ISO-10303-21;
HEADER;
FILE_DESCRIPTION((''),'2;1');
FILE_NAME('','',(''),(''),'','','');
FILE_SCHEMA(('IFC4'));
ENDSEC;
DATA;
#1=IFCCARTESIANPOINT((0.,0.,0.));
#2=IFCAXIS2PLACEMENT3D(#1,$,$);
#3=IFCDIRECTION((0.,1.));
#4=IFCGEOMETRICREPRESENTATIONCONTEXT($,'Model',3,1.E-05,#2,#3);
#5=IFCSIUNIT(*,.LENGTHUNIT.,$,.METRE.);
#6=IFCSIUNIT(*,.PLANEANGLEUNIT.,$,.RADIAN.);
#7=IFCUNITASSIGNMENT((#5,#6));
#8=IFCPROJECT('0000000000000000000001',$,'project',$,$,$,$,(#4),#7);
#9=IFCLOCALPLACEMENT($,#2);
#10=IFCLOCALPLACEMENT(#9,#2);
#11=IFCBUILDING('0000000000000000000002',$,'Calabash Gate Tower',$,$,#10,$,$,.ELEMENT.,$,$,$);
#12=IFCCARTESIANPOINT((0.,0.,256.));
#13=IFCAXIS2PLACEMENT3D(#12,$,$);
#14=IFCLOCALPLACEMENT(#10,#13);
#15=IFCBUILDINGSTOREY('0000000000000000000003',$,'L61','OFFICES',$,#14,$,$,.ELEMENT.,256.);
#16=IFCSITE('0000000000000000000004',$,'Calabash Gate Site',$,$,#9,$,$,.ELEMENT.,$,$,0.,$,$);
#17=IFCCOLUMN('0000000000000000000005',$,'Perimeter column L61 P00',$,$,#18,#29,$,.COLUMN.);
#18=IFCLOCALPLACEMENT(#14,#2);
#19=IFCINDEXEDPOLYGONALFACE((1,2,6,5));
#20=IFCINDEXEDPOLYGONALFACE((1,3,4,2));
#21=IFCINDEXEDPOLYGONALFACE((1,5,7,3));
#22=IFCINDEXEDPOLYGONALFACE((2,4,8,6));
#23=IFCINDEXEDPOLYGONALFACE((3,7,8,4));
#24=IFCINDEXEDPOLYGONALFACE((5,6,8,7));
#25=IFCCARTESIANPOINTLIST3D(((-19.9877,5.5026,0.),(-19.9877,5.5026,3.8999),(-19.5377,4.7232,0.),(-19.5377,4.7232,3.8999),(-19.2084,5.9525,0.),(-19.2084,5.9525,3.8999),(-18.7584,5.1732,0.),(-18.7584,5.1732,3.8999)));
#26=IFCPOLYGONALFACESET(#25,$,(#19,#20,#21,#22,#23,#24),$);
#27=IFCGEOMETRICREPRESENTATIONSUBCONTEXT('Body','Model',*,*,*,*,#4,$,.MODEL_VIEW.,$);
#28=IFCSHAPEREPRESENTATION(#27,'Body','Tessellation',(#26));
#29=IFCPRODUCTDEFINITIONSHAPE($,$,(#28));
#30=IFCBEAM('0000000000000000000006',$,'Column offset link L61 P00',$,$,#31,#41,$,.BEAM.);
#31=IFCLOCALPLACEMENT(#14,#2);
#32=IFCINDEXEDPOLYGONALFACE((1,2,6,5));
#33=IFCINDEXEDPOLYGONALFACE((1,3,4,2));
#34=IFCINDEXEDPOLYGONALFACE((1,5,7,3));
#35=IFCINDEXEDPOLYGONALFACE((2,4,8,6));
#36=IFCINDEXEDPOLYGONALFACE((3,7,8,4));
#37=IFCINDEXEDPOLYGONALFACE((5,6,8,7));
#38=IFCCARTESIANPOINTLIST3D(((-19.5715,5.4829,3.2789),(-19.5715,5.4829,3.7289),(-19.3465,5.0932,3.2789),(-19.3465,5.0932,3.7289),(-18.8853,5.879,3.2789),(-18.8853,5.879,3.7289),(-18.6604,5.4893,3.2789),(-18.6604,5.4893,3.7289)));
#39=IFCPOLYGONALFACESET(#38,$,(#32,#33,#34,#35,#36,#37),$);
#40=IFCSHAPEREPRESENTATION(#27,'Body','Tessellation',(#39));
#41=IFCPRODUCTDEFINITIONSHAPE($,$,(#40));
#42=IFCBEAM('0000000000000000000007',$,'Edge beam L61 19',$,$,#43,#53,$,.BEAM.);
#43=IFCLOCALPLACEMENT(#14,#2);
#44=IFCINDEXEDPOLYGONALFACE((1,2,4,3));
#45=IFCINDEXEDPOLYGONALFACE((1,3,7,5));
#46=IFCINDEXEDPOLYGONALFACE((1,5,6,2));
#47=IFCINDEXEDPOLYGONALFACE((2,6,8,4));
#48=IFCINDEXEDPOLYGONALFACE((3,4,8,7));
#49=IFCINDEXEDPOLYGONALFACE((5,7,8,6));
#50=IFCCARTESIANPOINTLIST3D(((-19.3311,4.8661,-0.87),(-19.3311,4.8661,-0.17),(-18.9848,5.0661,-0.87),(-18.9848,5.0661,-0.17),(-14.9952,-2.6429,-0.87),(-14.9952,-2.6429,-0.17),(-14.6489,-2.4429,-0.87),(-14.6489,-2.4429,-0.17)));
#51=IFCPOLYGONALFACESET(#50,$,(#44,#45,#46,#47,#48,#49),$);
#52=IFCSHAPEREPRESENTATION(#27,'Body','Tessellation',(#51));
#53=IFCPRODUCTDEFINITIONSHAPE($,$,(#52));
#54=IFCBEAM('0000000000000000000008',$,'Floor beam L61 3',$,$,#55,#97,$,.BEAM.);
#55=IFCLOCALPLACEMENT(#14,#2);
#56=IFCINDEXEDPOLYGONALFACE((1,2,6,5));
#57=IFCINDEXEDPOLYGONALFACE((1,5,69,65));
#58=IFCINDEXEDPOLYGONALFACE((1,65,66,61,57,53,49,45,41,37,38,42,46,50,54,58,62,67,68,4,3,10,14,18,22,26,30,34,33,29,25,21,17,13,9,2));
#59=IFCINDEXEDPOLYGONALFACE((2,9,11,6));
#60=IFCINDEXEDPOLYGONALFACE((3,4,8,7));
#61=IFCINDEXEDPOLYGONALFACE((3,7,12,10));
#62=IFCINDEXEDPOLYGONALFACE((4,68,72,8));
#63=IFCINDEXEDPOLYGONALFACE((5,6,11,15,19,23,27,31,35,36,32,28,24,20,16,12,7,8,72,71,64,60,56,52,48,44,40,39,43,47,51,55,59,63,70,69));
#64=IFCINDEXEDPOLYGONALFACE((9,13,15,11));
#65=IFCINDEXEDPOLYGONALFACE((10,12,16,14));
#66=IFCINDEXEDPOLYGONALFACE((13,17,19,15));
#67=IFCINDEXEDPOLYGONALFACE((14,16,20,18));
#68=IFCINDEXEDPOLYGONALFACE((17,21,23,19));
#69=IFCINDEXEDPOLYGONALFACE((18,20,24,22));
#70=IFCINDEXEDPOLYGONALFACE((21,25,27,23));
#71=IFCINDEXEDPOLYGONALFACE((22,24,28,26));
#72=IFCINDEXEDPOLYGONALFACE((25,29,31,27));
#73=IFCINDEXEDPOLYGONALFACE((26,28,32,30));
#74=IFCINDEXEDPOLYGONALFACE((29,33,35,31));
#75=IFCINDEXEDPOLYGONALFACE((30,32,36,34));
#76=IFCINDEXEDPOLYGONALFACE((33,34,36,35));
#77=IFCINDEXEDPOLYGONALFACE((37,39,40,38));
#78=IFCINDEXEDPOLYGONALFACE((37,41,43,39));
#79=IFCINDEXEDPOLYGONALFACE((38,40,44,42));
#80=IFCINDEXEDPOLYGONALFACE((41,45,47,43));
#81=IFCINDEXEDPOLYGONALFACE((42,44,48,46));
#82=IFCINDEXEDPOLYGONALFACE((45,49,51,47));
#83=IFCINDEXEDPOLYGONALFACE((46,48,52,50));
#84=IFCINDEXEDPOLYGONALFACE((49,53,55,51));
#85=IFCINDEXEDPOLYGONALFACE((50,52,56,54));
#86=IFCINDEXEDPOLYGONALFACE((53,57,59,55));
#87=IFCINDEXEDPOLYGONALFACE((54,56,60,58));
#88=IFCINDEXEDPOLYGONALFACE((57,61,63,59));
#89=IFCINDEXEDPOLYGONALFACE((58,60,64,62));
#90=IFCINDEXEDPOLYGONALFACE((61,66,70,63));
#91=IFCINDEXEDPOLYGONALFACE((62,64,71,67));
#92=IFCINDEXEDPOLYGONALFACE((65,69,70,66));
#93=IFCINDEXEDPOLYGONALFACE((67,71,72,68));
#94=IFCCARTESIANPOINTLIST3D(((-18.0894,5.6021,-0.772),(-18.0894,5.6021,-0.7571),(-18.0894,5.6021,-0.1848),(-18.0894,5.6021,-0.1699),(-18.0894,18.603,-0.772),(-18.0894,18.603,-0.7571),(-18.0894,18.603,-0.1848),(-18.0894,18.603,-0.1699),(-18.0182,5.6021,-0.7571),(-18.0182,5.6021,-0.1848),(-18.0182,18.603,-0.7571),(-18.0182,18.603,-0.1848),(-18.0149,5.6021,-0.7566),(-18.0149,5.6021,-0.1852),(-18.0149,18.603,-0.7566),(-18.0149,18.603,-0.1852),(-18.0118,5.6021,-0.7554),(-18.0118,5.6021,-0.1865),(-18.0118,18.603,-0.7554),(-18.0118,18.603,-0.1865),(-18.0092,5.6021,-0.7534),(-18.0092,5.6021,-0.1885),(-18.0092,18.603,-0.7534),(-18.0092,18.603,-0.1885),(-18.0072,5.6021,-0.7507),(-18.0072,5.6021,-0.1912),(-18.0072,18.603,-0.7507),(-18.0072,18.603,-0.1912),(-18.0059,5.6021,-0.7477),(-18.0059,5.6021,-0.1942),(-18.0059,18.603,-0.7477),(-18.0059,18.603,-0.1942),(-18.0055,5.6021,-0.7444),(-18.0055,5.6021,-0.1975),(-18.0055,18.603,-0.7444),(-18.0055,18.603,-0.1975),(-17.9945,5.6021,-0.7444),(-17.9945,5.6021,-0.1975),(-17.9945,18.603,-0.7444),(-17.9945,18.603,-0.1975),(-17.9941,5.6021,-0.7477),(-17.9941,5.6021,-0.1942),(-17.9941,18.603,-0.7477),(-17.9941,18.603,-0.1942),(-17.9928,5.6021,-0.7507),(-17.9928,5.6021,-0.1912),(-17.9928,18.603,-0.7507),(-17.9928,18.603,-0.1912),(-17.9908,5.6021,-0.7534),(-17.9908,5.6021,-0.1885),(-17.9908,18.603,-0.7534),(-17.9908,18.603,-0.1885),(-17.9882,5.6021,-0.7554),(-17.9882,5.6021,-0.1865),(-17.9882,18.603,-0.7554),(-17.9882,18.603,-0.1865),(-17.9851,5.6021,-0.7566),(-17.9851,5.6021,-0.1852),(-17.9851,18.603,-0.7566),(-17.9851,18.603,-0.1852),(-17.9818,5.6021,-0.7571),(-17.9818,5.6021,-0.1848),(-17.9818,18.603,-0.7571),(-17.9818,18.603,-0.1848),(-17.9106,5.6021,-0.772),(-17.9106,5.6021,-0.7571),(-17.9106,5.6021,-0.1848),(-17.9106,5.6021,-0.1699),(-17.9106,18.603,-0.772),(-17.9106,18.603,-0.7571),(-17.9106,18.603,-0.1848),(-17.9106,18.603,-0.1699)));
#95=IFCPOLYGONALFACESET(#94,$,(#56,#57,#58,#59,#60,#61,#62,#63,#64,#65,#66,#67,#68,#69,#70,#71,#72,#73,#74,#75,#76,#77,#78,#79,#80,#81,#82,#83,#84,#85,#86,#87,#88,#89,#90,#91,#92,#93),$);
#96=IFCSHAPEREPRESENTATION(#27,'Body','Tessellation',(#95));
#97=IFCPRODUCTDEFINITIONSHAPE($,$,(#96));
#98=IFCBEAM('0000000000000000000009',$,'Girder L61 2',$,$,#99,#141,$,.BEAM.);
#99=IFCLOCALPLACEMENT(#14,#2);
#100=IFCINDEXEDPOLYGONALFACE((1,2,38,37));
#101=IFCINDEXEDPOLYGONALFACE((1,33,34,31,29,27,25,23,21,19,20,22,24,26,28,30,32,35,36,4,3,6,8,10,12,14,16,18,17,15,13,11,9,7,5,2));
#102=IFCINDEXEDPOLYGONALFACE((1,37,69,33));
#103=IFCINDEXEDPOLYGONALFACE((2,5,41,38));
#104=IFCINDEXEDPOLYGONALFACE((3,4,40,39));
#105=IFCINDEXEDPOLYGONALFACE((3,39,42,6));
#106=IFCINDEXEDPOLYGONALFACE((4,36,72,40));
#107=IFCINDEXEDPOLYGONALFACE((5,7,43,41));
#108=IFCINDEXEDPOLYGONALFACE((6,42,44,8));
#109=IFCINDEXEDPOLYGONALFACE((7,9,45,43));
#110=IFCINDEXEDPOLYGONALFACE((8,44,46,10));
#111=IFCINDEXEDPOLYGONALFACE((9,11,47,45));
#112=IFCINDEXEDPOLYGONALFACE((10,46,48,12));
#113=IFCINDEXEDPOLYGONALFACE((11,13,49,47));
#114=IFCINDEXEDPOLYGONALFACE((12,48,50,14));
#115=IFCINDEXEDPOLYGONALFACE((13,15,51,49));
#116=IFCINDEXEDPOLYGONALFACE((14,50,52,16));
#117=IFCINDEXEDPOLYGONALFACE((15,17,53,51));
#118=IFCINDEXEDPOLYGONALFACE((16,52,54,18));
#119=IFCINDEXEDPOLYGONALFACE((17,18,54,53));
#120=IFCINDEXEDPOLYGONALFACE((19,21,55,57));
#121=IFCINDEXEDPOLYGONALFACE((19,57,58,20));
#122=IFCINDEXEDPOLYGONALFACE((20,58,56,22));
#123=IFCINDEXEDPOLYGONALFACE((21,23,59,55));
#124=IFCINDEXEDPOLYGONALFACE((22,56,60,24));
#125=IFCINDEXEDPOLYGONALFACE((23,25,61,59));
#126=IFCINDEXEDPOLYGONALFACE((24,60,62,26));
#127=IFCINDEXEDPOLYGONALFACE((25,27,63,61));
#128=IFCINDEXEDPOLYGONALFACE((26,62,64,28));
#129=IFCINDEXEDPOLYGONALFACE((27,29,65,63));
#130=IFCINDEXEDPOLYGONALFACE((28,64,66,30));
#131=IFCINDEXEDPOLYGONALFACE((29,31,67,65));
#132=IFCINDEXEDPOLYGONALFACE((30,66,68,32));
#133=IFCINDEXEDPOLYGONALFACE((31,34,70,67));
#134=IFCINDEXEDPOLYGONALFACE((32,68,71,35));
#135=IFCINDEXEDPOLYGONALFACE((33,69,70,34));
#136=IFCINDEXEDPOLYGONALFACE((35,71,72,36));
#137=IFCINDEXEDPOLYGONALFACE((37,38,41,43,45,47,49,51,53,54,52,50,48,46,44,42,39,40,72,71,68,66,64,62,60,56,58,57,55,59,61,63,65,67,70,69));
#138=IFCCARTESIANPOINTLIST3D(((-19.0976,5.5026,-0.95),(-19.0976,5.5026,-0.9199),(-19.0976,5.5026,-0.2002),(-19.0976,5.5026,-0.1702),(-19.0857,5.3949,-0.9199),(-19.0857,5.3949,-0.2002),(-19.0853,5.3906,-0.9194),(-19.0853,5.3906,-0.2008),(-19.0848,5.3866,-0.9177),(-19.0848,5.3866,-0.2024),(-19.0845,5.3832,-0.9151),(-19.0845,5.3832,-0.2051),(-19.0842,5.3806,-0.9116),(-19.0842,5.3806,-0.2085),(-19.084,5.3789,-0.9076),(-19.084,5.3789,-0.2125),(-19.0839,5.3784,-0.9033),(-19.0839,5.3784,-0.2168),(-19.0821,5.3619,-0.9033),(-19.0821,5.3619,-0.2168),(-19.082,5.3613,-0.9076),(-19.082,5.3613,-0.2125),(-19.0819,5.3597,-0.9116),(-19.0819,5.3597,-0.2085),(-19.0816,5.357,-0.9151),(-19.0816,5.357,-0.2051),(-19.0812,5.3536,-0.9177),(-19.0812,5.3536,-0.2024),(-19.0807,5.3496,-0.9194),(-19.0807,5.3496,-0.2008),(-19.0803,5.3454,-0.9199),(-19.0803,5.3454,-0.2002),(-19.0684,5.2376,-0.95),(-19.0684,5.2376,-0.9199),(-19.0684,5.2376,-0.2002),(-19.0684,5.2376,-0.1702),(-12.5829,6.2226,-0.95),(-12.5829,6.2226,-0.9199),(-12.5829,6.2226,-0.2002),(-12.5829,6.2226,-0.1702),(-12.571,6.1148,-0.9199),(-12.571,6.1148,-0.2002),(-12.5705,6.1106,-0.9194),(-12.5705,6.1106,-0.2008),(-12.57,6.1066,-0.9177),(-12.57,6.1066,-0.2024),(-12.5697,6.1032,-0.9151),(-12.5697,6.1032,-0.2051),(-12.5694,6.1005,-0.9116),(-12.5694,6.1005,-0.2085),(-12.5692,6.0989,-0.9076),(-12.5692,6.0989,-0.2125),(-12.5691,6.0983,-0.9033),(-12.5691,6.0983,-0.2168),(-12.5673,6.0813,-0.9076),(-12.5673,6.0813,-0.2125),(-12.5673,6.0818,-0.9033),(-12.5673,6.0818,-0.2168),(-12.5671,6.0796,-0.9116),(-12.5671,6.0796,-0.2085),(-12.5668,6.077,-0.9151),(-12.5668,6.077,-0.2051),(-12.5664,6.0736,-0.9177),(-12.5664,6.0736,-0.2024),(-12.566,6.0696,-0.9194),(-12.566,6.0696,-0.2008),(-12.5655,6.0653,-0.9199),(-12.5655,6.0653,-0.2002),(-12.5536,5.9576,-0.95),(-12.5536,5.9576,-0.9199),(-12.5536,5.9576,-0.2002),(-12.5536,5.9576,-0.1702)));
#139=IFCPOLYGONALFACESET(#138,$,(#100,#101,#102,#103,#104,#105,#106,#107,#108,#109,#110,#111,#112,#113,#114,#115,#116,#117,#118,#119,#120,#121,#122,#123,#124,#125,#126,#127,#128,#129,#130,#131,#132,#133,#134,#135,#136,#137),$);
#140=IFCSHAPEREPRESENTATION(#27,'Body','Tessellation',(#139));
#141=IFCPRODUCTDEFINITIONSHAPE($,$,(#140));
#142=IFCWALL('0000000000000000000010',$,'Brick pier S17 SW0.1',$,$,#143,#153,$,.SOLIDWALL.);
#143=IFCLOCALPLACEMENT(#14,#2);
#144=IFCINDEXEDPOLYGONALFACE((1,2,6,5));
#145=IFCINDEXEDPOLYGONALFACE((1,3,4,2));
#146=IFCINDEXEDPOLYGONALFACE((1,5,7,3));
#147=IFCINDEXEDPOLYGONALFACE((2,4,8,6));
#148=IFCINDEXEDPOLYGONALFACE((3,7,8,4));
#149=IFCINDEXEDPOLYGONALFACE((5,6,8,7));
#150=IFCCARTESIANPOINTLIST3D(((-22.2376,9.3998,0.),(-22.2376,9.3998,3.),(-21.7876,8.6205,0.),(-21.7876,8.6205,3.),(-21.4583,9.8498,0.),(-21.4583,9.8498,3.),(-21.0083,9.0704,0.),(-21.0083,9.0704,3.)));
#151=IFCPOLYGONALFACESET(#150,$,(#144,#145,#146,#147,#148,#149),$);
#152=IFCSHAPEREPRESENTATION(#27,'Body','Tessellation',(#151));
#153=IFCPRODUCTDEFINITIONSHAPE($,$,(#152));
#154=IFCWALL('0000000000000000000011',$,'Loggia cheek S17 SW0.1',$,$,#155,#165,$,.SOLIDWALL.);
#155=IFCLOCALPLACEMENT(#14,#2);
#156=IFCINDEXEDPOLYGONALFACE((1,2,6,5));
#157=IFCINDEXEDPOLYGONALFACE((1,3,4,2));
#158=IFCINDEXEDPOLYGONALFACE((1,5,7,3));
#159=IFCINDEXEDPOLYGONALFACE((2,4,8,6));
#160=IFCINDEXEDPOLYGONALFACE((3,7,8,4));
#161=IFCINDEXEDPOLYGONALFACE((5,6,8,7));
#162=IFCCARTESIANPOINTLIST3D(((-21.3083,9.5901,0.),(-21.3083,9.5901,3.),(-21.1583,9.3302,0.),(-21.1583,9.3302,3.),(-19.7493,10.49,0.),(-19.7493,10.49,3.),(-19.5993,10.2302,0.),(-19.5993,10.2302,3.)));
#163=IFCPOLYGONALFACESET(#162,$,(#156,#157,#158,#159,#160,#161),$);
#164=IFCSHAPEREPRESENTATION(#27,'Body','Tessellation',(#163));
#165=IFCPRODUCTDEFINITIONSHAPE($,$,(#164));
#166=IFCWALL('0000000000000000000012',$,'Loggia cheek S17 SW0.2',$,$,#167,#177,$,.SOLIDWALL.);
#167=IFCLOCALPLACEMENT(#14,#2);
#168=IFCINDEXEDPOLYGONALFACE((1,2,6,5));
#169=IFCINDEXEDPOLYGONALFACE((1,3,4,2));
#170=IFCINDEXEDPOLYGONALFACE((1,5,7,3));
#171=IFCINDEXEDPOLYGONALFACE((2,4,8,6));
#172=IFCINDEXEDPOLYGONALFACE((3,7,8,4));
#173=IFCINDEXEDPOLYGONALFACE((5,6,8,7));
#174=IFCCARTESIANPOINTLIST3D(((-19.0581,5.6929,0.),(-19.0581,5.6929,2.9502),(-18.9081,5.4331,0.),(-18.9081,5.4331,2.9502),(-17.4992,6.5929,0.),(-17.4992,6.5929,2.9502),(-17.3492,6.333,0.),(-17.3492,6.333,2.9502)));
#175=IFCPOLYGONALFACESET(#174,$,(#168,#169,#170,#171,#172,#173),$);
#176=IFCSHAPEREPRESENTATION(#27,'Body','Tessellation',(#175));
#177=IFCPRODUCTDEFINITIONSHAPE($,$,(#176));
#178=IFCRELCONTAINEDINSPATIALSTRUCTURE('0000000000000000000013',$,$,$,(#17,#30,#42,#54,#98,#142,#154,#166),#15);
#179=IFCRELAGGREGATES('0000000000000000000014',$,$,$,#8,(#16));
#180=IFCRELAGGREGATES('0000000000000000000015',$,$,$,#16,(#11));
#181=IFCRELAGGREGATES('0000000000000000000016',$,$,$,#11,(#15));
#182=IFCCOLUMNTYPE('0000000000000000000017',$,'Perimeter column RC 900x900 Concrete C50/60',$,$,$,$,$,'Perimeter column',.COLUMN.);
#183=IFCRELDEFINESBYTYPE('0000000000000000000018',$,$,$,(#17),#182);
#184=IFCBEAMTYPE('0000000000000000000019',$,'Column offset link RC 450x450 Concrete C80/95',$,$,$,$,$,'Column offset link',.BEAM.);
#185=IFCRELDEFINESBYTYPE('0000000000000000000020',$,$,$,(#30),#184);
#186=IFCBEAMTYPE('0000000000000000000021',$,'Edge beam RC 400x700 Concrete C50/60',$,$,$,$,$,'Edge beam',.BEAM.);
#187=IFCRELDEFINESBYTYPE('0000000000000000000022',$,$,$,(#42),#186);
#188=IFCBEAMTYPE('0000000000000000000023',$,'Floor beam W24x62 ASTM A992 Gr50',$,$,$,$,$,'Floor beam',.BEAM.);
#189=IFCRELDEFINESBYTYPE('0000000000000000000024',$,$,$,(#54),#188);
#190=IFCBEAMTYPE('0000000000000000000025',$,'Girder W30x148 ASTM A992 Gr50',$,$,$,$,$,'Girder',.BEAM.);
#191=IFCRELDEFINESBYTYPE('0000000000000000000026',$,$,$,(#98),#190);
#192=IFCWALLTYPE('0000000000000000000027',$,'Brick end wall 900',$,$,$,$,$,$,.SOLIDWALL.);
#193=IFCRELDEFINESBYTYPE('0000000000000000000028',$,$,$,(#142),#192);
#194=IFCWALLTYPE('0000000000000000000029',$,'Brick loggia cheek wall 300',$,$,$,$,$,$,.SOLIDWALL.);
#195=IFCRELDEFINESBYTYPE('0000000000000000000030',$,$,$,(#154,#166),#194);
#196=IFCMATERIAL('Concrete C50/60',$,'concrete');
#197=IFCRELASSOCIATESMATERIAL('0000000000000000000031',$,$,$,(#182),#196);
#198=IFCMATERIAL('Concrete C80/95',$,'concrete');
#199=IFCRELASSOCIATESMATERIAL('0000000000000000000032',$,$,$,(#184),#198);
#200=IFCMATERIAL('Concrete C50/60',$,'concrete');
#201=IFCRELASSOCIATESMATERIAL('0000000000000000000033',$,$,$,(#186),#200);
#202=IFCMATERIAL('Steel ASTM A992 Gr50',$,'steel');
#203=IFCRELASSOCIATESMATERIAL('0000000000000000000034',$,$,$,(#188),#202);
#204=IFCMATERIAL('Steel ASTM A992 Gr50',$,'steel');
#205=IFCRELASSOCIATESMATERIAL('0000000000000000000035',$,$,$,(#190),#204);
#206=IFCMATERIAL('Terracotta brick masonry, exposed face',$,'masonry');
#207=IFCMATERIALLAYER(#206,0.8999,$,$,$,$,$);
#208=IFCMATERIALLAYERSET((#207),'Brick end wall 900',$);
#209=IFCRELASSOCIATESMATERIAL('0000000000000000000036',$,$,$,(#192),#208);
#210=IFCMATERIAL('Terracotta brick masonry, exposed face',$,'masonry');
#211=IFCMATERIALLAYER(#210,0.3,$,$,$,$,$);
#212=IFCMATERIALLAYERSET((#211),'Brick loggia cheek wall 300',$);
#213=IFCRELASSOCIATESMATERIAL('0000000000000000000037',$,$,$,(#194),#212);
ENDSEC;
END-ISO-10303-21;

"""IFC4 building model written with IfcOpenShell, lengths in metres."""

from ifc_helpers import new_model, si_unit, direction, frame, frame_2d, origin, origin_2d, place, context, subcontext, project, spatial, rectangle, i_section, extrude, material, layer, layer_set, material_profile, profile_set, type_object, element, save


model = new_model("IFC4")

# Units and contexts
model_context = context("Model", 3, precision=1e-05, world=origin(), true_north=direction((0.0, 1.0)))
body_context = subcontext(model_context, "Body", "Model", "MODEL_VIEW")
ifc_project = project(units=[si_unit("LENGTHUNIT", "METRE"), si_unit("PLANEANGLEUNIT", "RADIAN")], contexts=[model_context])

# Site, building, storey
site_placement = place(None, origin())
site = spatial("IfcSite", under=ifc_project, at=site_placement, Name="Calabash Gate Site", CompositionType="ELEMENT", RefElevation=0.0)
building_placement = place(site_placement, origin())
building = spatial("IfcBuilding", under=site, at=building_placement, Name="Calabash Gate Tower", CompositionType="ELEMENT")
storey_placement = place(building_placement, frame((0.0, 0.0, 256.0)))
storey = spatial("IfcBuildingStorey", under=building, at=storey_placement, Name="L61", Description="OFFICES", CompositionType="ELEMENT", Elevation=256.0)

# Column
ifc_material_1 = material(Name="Concrete C50/60", Category="concrete")
ifc_material_profile_1 = material_profile(ifc_material_1, rectangle(XDim=0.8999, YDim=0.8999, at=origin_2d()))
ifc_profile_set_1 = profile_set([ifc_material_profile_1], Name="Concrete C50/60")
column_type = type_object("IfcColumnType", Name="Perimeter column RC 900x900 Concrete C50/60", ElementType="Perimeter column", PredefinedType="COLUMN", material=ifc_profile_set_1)
column_placement = place(storey_placement, frame((-19.373, 5.3379, 0.0), z_axis=(0.0, 0.0, 1.0), x_axis=(0.5, -0.866025, 0.0)))
element("IfcColumn", 1, at=column_placement, inside=storey, type_object=column_type, Name="Perimeter column L61 P00", PredefinedType="COLUMN", context=body_context, shape_type="SweptSolid", body=[
    extrude(rectangle(XDim=0.8999, YDim=0.8999, at=origin_2d()), origin(), (0.0, 0.0, 1.0), 3.8999),
])

# Beams
ifc_material_2 = material(Name="Concrete C80/95", Category="concrete")
ifc_material_profile_2 = material_profile(ifc_material_2, rectangle(XDim=0.45, YDim=0.45, at=origin_2d()))
ifc_profile_set_2 = profile_set([ifc_material_profile_2], Name="Concrete C80/95")
beam_type_1 = type_object("IfcBeamType", Name="Column offset link RC 450x450 Concrete C80/95", ElementType="Column offset link", PredefinedType="BEAM", material=ifc_profile_set_2)
beam_1_placement = place(storey_placement, frame((-19.459, 5.2881, 3.5039), z_axis=(0.866073, 0.499918, 0.0), x_axis=(-0.499918, 0.866073, 0.0)))
element("IfcBeam", 2, at=beam_1_placement, inside=storey, type_object=beam_type_1, Name="Column offset link L61 P00", PredefinedType="BEAM", context=body_context, shape_type="SweptSolid", body=[
    extrude(rectangle(XDim=0.45, YDim=0.45, at=origin_2d()), origin(), (0.0, 0.0, 1.0), 0.7922),
])
ifc_material_3 = material(Name="Concrete C50/60", Category="concrete")
ifc_material_profile_3 = material_profile(ifc_material_3, rectangle(XDim=0.3999, YDim=0.7, at=origin_2d()))
ifc_profile_set_3 = profile_set([ifc_material_profile_3], Name="Concrete C50/60")
beam_type_2 = type_object("IfcBeamType", Name="Edge beam RC 400x700 Concrete C50/60", ElementType="Edge beam", PredefinedType="BEAM", material=ifc_profile_set_3)
beam_2_placement = place(storey_placement, frame((-19.158, 4.9661, -0.52), z_axis=(0.500051, -0.865996, 0.0), x_axis=(0.865996, 0.500051, 0.0)))
element("IfcBeam", 3, at=beam_2_placement, inside=storey, type_object=beam_type_2, Name="Edge beam L61 19", PredefinedType="BEAM", context=body_context, shape_type="SweptSolid", body=[
    extrude(rectangle(XDim=0.3999, YDim=0.7, at=origin_2d()), origin(), (0.0, 0.0, 1.0), 8.6709),
])
ifc_material_4 = material(Name="Steel ASTM A992 Gr50", Category="steel")
ifc_material_profile_4 = material_profile(ifc_material_4, i_section(OverallWidth=0.1787, OverallDepth=0.6021, WebThickness=0.011, FlangeThickness=0.0149, FilletRadius=0.0127, at=origin_2d()))
ifc_profile_set_4 = profile_set([ifc_material_profile_4], Name="Steel ASTM A992 Gr50")
beam_type_3 = type_object("IfcBeamType", Name="Floor beam W24x62 ASTM A992 Gr50", ElementType="Floor beam", PredefinedType="BEAM", material=ifc_profile_set_4)
beam_3_placement = place(storey_placement, frame((-18.0, 5.6021, -0.4709), z_axis=(0.0, 1.0, 0.0), x_axis=(-1.0, 0.0, 0.0)))
element("IfcBeam", 4, at=beam_3_placement, inside=storey, type_object=beam_type_3, Name="Floor beam L61 3", PredefinedType="BEAM", context=body_context, shape_type="SweptSolid", body=[
    extrude(i_section(OverallWidth=0.1787, OverallDepth=0.6021, WebThickness=0.011, FlangeThickness=0.0149, FilletRadius=0.0127, at=origin_2d()), origin(), (0.0, 0.0, 1.0), 13.001),
])
ifc_material_5 = material(Name="Steel ASTM A992 Gr50", Category="steel")
ifc_material_profile_5 = material_profile(ifc_material_5, i_section(OverallWidth=0.2666, OverallDepth=0.7798, WebThickness=0.0166, FlangeThickness=0.03, FilletRadius=0.0166, at=origin_2d()))
ifc_profile_set_5 = profile_set([ifc_material_profile_5], Name="Steel ASTM A992 Gr50")
beam_type_4 = type_object("IfcBeamType", Name="Girder W30x148 ASTM A992 Gr50", ElementType="Girder", PredefinedType="BEAM", material=ifc_profile_set_5)
beam_4_placement = place(storey_placement, frame((-19.083, 5.3701, -0.5601), z_axis=(0.993949, 0.109843, 0.0), x_axis=(-0.109843, 0.993949, 0.0)))
element("IfcBeam", 5, at=beam_4_placement, inside=storey, type_object=beam_type_4, Name="Girder L61 2", PredefinedType="BEAM", context=body_context, shape_type="SweptSolid", body=[
    extrude(i_section(OverallWidth=0.2666, OverallDepth=0.7798, WebThickness=0.0166, FlangeThickness=0.03, FilletRadius=0.0166, at=origin_2d()), origin(), (0.0, 0.0, 1.0), 6.5544),
])

# Walls
ifc_material_6 = material(Name="Terracotta brick masonry, exposed face", Category="masonry")
ifc_layer_1 = layer(ifc_material_6, 0.8999)
ifc_layer_set_1 = layer_set([ifc_layer_1], Name="Brick end wall 900")
wall_type_1 = type_object("IfcWallType", Name="Brick end wall 900", PredefinedType="SOLIDWALL", material=ifc_layer_set_1)
wall_1_placement = place(storey_placement, frame((-21.3979, 8.8455, 0.0), z_axis=(0.0, 0.0, 1.0), x_axis=(-0.50002, 0.866014, 0.0)))
element("IfcWall", 6, at=wall_1_placement, inside=storey, type_object=wall_type_1, Name="Brick pier S17 SW0.1", PredefinedType="SOLIDWALL", context=body_context, shape_type="SweptSolid", body=[
    extrude(rectangle(XDim=0.8999, YDim=0.8999, at=frame_2d((0.45, 0.0))), origin(), (0.0, 0.0, 1.0), 3.0),
])
ifc_material_7 = material(Name="Terracotta brick masonry, exposed face", Category="masonry")
ifc_layer_2 = layer(ifc_material_7, 0.3)
ifc_layer_set_2 = layer_set([ifc_layer_2], Name="Brick loggia cheek wall 300")
wall_type_2 = type_object("IfcWallType", Name="Brick loggia cheek wall 300", PredefinedType="SOLIDWALL", material=ifc_layer_set_2)
wall_2_placement = place(storey_placement, frame((-21.2332, 9.4602, 0.0), z_axis=(0.0, 0.0, 1.0), x_axis=(0.866048, 0.499961, 0.0)))
element("IfcWall", 7, at=wall_2_placement, inside=storey, type_object=wall_type_2, Name="Loggia cheek S17 SW0.1", PredefinedType="SOLIDWALL", context=body_context, shape_type="SweptSolid", body=[
    extrude(rectangle(XDim=1.8, YDim=0.3, at=frame_2d((0.8999, 0.0))), origin(), (0.0, 0.0, 1.0), 3.0),
])
wall_3_placement = place(storey_placement, frame((-17.4243, 6.4629, 0.0), z_axis=(0.0, 0.0, 1.0), x_axis=(-0.866048, -0.499961, 0.0)))
element("IfcWall", 8, at=wall_3_placement, inside=storey, type_object=wall_type_2, Name="Loggia cheek S17 SW0.2", PredefinedType="SOLIDWALL", context=body_context, shape_type="SweptSolid", body=[
    extrude(rectangle(XDim=1.8, YDim=0.3, at=frame_2d((0.8999, 0.0))), origin(), (0.0, 0.0, 1.0), 2.9502),
])

save(model, "model.ifc")
